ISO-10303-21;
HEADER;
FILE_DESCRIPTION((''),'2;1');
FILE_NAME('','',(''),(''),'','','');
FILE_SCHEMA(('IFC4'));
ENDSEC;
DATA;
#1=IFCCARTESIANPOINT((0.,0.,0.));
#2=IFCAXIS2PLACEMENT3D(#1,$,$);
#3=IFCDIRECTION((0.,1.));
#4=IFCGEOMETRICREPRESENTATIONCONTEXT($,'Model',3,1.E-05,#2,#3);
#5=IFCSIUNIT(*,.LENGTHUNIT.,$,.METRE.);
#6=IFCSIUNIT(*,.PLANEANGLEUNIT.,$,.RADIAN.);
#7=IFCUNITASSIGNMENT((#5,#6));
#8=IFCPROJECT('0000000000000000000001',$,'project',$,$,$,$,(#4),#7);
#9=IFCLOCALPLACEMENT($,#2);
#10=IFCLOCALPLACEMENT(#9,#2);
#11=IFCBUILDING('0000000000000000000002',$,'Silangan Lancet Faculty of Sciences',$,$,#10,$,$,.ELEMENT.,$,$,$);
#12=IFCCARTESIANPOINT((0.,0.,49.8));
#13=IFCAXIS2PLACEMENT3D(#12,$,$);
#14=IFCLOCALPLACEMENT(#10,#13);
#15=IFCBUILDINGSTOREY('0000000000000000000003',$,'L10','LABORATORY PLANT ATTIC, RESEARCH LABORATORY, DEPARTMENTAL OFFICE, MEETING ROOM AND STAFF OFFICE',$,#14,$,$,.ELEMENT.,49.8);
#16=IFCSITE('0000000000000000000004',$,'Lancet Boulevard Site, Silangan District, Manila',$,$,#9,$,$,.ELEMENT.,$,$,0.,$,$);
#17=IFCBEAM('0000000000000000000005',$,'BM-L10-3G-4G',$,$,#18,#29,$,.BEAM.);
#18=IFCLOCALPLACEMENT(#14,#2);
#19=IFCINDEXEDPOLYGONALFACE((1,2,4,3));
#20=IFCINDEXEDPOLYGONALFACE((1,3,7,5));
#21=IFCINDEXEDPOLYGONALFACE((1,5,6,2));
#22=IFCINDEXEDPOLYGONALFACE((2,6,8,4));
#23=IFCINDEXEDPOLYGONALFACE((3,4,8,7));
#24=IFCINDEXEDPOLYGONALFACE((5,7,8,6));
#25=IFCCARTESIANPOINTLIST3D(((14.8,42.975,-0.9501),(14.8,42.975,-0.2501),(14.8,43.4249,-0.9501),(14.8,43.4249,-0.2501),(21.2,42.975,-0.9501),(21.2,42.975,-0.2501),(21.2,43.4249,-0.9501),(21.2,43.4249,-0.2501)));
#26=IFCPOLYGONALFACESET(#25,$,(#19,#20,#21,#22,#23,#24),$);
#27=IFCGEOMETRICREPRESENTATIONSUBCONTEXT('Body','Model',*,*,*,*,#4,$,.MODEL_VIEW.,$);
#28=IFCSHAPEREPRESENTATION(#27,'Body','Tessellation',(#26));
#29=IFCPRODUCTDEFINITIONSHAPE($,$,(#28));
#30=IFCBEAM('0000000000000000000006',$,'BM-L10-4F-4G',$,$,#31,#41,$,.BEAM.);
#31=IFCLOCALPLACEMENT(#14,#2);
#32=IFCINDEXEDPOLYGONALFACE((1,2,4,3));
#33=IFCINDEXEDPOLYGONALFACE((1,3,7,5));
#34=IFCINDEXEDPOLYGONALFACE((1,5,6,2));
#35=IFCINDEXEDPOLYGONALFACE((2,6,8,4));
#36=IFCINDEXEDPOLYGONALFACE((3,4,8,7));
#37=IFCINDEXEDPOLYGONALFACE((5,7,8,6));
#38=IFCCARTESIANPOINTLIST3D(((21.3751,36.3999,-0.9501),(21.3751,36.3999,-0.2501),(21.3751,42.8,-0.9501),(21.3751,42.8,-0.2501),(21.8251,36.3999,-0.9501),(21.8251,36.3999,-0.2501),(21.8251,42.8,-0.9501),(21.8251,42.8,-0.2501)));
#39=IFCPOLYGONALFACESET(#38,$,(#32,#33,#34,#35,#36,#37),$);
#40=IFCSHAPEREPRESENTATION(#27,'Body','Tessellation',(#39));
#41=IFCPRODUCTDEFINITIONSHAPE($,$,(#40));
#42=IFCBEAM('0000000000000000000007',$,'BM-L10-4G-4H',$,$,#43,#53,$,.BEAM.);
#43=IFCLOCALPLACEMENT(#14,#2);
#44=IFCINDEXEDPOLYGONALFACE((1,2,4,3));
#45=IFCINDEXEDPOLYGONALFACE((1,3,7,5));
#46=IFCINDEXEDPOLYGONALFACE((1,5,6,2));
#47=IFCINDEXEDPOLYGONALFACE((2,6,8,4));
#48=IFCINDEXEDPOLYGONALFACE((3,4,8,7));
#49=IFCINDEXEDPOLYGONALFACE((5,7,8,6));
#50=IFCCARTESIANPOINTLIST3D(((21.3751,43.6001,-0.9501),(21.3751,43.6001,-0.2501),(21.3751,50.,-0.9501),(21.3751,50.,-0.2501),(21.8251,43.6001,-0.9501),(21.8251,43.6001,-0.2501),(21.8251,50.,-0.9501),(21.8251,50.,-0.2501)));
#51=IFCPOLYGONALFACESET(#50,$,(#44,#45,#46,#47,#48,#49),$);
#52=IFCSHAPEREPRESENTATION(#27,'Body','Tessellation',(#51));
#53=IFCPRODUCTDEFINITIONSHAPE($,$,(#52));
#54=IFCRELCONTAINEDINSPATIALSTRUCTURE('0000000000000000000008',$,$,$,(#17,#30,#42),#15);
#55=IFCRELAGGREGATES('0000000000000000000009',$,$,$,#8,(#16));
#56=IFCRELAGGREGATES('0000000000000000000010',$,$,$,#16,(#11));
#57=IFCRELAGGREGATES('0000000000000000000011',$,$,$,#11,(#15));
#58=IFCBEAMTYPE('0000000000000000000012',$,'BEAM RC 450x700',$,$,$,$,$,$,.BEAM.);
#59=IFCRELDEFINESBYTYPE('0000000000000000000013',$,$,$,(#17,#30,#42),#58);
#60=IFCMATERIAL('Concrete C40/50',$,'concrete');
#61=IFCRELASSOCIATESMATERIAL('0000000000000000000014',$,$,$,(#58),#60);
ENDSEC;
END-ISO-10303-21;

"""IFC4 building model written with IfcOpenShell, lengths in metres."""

from ifc_helpers import new_model, si_unit, direction, frame, origin, origin_2d, place, context, subcontext, project, spatial, rectangle, extrude, material, material_profile, profile_set, type_object, element, save


model = new_model("IFC4")

# Units and contexts
model_context = context("Model", 3, precision=1e-05, world=origin(), true_north=direction((0.0, 1.0)))
body_context = subcontext(model_context, "Body", "Model", "MODEL_VIEW")
ifc_project = project(units=[si_unit("LENGTHUNIT", "METRE"), si_unit("PLANEANGLEUNIT", "RADIAN")], contexts=[model_context])

# Site, building, storey
site_placement = place(None, origin())
site = spatial("IfcSite", under=ifc_project, at=site_placement, Name="Lancet Boulevard Site, Silangan District, Manila", CompositionType="ELEMENT", RefElevation=0.0)
building_placement = place(site_placement, origin())
building = spatial("IfcBuilding", under=site, at=building_placement, Name="Silangan Lancet Faculty of Sciences", CompositionType="ELEMENT")
storey_placement = place(building_placement, frame((0.0, 0.0, 49.8)))
storey = spatial("IfcBuildingStorey", under=building, at=storey_placement, Name="L10", Description="LABORATORY PLANT ATTIC, RESEARCH LABORATORY, DEPARTMENTAL OFFICE, MEETING ROOM AND STAFF OFFICE", CompositionType="ELEMENT", Elevation=49.8)

# Beams
ifc_material_1 = material(Name="Concrete C40/50", Category="concrete")
ifc_material_profile = material_profile(ifc_material_1, rectangle(XDim=0.45, YDim=0.7, at=origin_2d()), Name="RC 450x700")
ifc_profile_set = profile_set([ifc_material_profile], Name="Concrete C40/50")
beam_type = type_object("IfcBeamType", Name="BEAM RC 450x700", PredefinedType="BEAM", material=ifc_profile_set)
beam_1_placement = place(storey_placement, frame((14.8, 43.2, -0.6001), z_axis=(1.0, 0.0, 0.0), x_axis=(0.0, 1.0, 0.0)))
element("IfcBeam", 1, at=beam_1_placement, inside=storey, type_object=beam_type, Name="BM-L10-3G-4G", PredefinedType="BEAM", context=body_context, shape_type="SweptSolid", body=[
    extrude(rectangle(XDim=0.45, YDim=0.7, at=origin_2d()), origin(), (0.0, 0.0, 1.0), 6.3999),
])
beam_2_placement = place(storey_placement, frame((21.6001, 36.3999, -0.6001), z_axis=(0.0, 1.0, 0.0), x_axis=(-1.0, 0.0, 0.0)))
element("IfcBeam", 2, at=beam_2_placement, inside=storey, type_object=beam_type, Name="BM-L10-4F-4G", PredefinedType="BEAM", context=body_context, shape_type="SweptSolid", body=[
    extrude(rectangle(XDim=0.45, YDim=0.7, at=origin_2d()), origin(), (0.0, 0.0, 1.0), 6.4001),
])
beam_3_placement = place(storey_placement, frame((21.6001, 43.6001, -0.6001), z_axis=(0.0, 1.0, 0.0), x_axis=(-1.0, 0.0, 0.0)))
element("IfcBeam", 3, at=beam_3_placement, inside=storey, type_object=beam_type, Name="BM-L10-4G-4H", PredefinedType="BEAM", context=body_context, shape_type="SweptSolid", body=[
    extrude(rectangle(XDim=0.45, YDim=0.7, at=origin_2d()), origin(), (0.0, 0.0, 1.0), 6.3999),
])

save(model, "model.ifc")
